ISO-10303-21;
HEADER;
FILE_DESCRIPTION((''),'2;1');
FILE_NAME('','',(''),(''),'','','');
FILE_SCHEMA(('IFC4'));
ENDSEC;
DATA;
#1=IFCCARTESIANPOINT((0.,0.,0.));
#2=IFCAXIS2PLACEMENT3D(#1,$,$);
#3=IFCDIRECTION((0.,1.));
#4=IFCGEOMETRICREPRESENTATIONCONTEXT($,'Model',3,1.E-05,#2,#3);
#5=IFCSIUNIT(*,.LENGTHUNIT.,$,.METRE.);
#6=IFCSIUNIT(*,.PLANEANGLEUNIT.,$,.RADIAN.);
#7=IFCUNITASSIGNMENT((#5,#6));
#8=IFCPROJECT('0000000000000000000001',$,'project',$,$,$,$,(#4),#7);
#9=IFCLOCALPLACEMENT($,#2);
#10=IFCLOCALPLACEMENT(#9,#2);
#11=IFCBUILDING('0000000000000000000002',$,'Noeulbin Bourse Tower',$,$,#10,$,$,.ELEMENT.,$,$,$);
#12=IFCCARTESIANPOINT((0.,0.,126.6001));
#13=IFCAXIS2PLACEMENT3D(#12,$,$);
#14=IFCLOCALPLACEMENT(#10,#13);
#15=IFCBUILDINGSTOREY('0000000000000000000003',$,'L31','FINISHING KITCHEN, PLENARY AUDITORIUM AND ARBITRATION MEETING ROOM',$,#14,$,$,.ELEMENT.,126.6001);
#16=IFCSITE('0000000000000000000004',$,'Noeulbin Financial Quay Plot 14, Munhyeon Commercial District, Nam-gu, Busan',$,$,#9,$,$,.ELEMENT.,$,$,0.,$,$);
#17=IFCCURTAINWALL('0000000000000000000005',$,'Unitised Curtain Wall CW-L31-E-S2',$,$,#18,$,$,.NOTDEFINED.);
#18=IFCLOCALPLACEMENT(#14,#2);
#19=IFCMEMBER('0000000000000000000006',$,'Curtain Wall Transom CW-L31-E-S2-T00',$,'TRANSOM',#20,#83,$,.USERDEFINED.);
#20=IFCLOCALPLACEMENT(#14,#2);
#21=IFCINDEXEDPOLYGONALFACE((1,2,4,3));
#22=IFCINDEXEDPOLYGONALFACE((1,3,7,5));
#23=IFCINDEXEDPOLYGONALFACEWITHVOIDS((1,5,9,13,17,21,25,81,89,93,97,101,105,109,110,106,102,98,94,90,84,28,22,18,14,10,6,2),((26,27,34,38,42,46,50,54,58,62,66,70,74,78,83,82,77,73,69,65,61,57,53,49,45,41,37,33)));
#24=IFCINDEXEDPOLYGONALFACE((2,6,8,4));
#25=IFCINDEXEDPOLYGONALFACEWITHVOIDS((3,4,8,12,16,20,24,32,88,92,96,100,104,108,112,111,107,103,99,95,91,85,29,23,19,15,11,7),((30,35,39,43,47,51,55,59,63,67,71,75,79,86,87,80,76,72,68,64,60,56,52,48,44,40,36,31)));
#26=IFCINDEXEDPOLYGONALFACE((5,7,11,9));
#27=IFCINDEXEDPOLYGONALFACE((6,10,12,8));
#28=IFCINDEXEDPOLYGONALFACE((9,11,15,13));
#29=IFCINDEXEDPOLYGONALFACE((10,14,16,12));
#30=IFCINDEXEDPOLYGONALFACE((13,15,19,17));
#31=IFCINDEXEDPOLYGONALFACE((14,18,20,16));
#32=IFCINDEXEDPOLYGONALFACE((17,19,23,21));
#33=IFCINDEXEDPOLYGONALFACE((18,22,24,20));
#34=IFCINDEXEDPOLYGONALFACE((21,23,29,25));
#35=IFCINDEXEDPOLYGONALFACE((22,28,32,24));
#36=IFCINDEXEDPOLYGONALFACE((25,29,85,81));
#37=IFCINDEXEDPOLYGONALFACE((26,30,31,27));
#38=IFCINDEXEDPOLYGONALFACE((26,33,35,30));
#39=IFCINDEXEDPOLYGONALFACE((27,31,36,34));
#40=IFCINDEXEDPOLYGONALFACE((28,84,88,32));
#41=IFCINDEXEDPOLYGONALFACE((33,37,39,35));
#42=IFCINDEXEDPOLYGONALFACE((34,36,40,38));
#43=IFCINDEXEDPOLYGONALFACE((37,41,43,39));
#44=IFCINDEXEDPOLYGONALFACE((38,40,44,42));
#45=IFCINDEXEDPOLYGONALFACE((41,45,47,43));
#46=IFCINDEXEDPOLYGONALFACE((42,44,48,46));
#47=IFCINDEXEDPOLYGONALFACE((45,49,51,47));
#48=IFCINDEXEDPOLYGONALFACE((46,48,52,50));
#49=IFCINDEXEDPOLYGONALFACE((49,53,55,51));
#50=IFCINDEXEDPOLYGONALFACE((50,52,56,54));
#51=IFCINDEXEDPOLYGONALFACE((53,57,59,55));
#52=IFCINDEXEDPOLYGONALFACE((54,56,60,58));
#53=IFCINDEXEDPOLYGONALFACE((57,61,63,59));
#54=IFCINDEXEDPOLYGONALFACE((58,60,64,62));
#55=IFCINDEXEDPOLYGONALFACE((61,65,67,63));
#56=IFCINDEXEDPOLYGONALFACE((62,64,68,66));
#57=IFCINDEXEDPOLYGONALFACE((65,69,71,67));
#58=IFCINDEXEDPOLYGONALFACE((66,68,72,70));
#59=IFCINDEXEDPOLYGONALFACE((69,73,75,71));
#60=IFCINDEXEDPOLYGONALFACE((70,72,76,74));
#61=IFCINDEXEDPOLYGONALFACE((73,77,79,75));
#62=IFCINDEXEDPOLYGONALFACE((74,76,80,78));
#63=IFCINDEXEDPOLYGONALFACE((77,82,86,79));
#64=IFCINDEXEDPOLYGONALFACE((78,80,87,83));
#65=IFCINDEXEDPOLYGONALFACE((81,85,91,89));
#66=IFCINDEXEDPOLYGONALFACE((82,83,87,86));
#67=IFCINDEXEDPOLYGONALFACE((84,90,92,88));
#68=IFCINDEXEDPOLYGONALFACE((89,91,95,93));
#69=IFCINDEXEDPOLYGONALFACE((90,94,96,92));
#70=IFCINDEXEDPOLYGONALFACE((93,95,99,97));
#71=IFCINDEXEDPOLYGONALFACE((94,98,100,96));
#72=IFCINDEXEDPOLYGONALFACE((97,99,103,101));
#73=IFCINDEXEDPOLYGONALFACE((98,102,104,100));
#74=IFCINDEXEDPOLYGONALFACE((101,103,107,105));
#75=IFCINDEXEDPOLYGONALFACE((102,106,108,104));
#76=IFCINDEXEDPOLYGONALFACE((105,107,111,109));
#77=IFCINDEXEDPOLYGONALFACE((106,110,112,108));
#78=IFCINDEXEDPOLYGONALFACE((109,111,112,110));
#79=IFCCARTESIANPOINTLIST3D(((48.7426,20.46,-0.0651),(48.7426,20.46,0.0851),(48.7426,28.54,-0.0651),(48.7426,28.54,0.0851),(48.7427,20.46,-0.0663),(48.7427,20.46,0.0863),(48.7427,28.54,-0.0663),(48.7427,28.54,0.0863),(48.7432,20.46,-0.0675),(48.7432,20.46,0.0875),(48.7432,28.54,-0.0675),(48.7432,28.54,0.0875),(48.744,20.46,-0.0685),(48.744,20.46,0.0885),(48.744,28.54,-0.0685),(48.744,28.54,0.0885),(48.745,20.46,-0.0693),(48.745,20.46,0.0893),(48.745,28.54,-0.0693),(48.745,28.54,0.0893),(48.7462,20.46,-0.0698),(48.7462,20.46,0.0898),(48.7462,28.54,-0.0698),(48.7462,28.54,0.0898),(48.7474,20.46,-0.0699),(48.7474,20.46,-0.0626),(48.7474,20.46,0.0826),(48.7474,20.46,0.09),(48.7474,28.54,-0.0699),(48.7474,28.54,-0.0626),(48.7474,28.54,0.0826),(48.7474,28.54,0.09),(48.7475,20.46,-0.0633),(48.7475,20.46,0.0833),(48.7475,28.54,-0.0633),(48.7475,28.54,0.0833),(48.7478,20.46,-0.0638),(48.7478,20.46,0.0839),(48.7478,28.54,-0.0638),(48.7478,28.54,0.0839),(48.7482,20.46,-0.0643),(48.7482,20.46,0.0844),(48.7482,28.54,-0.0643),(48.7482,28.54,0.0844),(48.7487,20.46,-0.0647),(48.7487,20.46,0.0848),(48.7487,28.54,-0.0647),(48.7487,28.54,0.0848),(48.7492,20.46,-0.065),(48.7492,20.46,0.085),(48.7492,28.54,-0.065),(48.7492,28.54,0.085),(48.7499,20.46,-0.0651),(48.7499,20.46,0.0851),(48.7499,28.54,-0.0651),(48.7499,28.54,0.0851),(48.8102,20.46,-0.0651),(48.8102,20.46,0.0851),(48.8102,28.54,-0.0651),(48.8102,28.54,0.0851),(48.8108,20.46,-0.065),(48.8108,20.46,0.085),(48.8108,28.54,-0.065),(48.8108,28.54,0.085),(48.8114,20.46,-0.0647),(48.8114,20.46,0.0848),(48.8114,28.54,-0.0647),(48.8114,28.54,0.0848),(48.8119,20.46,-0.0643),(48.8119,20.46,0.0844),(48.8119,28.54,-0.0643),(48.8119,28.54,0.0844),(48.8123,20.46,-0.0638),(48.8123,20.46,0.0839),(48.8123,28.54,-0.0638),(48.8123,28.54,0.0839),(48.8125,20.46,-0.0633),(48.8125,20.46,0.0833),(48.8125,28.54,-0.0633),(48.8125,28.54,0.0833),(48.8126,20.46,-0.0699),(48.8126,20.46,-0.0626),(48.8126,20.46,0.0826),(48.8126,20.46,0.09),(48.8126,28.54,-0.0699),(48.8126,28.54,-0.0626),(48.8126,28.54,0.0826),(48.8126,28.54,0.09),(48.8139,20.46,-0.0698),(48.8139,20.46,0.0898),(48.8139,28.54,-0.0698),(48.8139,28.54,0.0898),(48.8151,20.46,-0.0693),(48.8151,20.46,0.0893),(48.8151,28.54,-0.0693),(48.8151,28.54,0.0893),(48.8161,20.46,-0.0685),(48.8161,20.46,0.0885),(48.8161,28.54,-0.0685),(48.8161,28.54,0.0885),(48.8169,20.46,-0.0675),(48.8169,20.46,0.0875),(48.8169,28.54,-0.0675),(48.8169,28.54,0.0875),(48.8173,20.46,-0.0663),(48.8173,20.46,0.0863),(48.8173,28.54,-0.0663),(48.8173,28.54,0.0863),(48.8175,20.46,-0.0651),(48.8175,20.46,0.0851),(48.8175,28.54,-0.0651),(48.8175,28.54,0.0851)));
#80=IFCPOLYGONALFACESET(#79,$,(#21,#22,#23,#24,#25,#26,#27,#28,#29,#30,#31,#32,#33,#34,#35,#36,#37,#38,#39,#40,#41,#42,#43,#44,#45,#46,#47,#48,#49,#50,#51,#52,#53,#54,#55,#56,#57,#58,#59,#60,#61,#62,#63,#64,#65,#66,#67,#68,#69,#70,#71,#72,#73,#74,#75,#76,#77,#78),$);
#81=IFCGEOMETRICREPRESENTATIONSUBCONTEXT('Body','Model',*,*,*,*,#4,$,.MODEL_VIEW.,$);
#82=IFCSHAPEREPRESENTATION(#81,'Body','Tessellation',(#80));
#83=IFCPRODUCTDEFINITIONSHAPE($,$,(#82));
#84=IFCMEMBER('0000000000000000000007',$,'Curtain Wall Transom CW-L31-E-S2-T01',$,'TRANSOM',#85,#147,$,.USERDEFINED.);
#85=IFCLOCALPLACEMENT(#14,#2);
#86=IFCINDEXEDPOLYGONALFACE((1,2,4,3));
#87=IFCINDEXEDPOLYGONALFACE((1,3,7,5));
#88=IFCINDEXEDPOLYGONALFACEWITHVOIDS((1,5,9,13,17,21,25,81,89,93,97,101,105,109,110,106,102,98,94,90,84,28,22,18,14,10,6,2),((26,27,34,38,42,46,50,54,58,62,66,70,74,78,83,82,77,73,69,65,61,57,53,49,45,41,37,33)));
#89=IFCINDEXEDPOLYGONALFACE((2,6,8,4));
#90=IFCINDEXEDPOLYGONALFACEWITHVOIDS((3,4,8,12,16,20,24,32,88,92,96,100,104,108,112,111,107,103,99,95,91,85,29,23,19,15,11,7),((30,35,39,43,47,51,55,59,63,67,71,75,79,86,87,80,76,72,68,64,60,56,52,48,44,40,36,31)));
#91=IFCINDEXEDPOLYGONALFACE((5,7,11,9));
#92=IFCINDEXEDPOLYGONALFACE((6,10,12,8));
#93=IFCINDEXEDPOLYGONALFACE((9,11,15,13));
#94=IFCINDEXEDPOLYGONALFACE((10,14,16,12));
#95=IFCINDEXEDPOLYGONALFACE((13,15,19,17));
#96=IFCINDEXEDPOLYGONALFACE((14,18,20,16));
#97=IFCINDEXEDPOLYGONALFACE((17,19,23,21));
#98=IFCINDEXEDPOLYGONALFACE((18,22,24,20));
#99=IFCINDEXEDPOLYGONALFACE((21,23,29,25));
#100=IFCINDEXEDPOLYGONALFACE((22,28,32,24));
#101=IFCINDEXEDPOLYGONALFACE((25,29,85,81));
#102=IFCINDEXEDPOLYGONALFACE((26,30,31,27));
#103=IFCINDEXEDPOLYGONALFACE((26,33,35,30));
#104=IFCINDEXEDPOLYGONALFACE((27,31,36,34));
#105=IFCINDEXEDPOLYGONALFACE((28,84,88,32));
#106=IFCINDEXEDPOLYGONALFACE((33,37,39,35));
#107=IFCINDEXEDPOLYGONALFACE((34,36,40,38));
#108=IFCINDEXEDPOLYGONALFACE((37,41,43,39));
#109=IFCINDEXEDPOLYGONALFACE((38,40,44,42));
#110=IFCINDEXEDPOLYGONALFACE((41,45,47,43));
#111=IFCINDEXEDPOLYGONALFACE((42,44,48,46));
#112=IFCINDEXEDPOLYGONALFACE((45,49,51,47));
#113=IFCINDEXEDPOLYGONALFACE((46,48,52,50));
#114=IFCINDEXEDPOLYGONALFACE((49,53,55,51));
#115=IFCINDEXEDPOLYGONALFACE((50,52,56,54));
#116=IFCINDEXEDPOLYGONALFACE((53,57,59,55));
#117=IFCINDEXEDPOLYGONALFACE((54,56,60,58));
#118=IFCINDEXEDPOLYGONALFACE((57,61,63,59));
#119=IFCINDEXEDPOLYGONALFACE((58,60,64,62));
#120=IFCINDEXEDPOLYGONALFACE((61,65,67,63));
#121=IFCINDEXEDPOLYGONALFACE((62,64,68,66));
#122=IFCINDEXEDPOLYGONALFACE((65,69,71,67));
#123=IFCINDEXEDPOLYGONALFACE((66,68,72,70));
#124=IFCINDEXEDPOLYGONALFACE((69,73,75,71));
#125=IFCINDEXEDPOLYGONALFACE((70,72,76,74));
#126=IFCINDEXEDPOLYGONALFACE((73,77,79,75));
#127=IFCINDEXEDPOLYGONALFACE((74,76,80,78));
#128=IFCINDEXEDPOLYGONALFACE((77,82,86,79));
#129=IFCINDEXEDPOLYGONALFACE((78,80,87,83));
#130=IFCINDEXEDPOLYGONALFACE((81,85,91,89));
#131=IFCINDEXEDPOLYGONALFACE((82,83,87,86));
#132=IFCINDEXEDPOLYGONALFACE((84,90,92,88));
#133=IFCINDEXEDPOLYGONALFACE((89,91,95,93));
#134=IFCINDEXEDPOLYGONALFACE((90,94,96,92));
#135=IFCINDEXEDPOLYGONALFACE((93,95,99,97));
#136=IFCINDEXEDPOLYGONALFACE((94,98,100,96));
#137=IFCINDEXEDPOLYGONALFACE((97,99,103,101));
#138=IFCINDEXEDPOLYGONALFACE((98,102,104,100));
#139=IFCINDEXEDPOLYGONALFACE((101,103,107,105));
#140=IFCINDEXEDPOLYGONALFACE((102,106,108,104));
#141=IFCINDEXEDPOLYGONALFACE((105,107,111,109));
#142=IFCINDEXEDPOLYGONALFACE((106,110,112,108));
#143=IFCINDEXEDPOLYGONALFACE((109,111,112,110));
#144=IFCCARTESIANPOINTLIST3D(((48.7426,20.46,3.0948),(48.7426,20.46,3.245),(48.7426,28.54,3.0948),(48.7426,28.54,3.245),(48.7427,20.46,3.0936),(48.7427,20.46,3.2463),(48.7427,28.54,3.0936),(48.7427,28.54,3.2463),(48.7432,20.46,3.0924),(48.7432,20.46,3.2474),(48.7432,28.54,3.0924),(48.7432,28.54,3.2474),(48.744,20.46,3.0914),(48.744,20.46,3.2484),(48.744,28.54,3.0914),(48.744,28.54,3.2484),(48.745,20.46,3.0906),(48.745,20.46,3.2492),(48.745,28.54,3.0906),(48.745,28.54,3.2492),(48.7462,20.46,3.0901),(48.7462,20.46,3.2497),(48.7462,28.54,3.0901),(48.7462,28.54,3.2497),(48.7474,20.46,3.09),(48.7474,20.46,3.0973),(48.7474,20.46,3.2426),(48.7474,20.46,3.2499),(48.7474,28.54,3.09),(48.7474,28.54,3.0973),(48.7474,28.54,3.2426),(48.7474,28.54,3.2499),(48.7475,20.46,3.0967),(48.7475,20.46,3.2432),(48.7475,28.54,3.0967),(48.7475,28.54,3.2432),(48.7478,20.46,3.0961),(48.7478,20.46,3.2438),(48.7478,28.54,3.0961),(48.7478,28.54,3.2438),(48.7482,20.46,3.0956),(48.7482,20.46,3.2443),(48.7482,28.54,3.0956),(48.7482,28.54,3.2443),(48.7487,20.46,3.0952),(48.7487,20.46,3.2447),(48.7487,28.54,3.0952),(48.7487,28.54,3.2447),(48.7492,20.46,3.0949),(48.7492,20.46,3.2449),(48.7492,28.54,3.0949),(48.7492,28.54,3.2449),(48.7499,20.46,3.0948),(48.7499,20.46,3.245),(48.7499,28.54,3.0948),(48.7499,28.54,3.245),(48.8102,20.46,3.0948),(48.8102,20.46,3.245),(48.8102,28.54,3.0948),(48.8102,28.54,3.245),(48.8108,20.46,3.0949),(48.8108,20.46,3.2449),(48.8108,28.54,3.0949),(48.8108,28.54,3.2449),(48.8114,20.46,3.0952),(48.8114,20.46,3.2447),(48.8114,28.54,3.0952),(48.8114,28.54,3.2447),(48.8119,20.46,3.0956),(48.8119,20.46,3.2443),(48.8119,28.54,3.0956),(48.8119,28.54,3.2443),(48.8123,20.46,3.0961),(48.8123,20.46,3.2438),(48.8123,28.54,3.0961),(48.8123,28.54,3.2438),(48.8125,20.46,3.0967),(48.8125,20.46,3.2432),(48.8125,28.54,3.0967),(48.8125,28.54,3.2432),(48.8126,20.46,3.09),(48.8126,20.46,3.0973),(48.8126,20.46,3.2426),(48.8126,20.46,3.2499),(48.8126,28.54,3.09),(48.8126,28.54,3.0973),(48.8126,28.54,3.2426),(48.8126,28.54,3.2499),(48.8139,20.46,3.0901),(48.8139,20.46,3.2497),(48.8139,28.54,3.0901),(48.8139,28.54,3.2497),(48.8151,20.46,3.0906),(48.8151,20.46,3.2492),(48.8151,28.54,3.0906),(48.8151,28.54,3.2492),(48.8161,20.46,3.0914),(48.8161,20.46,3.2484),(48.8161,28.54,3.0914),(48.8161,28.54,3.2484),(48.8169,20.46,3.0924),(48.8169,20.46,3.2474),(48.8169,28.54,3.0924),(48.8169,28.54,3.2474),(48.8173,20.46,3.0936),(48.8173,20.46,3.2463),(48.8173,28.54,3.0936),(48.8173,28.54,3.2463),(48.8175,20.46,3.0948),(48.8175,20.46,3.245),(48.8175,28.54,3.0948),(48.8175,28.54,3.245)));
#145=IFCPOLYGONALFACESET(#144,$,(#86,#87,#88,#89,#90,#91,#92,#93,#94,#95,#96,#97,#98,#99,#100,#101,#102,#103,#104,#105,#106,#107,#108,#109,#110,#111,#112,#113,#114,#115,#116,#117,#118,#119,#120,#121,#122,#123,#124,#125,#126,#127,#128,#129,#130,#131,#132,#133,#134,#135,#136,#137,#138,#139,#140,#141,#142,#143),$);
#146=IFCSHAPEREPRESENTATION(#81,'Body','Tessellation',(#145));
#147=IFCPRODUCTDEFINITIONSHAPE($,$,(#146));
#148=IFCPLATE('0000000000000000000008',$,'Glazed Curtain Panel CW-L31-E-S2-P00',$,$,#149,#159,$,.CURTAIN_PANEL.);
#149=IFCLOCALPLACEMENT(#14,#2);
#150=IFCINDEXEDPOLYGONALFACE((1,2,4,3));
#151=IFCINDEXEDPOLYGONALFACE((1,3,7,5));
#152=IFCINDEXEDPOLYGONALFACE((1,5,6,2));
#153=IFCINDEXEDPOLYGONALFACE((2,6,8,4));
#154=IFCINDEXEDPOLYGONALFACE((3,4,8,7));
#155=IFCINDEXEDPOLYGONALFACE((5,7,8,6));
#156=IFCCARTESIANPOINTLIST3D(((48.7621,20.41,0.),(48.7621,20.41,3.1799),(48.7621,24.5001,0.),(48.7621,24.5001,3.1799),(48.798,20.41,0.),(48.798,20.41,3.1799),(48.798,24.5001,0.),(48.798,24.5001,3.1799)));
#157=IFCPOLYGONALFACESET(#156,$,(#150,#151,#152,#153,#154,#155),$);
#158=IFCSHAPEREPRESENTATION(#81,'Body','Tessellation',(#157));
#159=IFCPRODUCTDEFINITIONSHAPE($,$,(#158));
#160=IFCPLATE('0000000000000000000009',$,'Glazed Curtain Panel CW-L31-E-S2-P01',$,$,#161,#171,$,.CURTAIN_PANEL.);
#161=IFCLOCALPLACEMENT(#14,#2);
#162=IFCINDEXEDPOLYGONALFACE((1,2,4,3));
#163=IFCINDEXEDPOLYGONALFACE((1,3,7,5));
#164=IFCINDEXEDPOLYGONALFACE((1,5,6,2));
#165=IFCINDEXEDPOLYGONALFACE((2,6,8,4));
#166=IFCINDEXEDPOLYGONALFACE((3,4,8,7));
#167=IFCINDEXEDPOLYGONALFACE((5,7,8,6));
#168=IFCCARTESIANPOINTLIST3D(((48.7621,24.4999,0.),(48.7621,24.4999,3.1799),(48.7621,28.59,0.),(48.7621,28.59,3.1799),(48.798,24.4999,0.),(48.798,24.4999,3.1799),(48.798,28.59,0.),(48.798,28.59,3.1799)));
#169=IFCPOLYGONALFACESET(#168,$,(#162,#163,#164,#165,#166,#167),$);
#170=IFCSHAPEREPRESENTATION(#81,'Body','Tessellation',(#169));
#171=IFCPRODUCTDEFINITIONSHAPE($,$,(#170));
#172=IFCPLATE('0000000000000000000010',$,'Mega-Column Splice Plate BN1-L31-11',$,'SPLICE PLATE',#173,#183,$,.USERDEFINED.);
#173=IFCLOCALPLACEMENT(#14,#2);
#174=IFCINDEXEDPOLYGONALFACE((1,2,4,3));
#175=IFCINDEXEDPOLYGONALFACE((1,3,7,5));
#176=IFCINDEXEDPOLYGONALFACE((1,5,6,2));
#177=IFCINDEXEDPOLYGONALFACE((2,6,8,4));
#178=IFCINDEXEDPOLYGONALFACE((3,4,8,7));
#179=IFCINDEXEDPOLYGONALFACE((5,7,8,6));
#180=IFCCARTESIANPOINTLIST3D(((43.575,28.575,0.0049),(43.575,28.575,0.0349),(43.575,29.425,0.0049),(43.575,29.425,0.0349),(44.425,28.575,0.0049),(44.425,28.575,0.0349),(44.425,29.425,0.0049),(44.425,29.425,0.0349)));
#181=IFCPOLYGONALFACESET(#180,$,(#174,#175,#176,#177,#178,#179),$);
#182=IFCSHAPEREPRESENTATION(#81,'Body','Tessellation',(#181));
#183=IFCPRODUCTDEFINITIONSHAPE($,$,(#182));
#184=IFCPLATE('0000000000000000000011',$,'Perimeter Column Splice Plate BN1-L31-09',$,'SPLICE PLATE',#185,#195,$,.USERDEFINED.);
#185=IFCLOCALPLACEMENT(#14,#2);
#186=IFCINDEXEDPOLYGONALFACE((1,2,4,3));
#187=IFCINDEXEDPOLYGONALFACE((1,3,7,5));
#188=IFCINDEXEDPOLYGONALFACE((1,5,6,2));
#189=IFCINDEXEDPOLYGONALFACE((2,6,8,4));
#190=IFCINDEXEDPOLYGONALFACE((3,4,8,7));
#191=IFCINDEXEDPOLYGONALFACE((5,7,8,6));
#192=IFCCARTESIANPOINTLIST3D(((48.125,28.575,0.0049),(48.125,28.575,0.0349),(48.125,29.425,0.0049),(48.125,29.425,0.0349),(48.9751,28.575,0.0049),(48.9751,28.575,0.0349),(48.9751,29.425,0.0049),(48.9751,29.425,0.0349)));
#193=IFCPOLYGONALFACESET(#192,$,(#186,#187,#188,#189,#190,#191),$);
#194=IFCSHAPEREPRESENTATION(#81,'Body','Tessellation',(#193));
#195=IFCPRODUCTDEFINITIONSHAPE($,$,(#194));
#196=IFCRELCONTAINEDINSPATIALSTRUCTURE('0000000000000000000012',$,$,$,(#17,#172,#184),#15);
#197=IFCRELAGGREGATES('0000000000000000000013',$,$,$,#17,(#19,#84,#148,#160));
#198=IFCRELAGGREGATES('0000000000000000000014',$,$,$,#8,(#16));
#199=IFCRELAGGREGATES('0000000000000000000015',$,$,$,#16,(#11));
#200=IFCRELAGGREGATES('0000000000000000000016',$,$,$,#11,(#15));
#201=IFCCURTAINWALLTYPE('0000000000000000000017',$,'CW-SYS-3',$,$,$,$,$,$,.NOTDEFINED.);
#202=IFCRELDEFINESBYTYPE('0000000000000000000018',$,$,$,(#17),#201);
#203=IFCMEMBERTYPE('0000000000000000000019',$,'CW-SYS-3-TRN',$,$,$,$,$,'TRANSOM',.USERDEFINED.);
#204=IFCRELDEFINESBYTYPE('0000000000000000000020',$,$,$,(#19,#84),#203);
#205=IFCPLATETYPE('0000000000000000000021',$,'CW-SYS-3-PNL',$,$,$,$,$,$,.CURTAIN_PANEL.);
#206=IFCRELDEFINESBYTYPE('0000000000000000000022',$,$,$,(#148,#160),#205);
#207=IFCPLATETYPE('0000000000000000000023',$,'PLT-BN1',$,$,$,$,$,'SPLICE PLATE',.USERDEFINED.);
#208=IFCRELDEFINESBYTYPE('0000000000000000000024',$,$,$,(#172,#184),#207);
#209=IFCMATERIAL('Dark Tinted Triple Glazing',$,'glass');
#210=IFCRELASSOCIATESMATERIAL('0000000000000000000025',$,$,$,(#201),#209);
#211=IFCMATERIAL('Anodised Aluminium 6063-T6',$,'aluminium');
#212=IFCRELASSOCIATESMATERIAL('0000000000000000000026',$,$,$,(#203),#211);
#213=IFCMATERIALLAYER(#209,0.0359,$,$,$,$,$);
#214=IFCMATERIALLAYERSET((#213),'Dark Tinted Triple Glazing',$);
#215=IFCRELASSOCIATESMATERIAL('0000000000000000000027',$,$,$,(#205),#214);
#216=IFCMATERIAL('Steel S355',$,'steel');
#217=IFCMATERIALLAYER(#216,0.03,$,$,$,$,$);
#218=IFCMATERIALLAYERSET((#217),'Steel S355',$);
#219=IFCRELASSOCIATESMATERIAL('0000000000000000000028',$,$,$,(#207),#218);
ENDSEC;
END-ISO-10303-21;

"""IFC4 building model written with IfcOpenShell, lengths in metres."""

from ifc_helpers import new_model, si_unit, direction, frame, origin, origin_2d, place, context, subcontext, project, spatial, rectangle, hollow_rectangle, extrude, material, layer, layer_set, material_profile, profile_set, type_object, element, aggregate, save


model = new_model("IFC4")

# Units and contexts
model_context = context("Model", 3, precision=1e-05, world=origin(), true_north=direction((0.0, 1.0)))
body_context = subcontext(model_context, "Body", "Model", "MODEL_VIEW")
ifc_project = project(units=[si_unit("LENGTHUNIT", "METRE"), si_unit("PLANEANGLEUNIT", "RADIAN")], contexts=[model_context])

# Site, building, storey
site_placement = place(None, origin())
site = spatial("IfcSite", under=ifc_project, at=site_placement, Name="Noeulbin Financial Quay Plot 14, Munhyeon Commercial District, Nam-gu, Busan", CompositionType="ELEMENT", RefElevation=0.0)
building_placement = place(site_placement, origin())
building = spatial("IfcBuilding", under=site, at=building_placement, Name="Noeulbin Bourse Tower", CompositionType="ELEMENT")
storey_placement = place(building_placement, frame((0.0, 0.0, 126.6001)))
storey = spatial("IfcBuildingStorey", under=building, at=storey_placement, Name="L31", Description="FINISHING KITCHEN, PLENARY AUDITORIUM AND ARBITRATION MEETING ROOM", CompositionType="ELEMENT", Elevation=126.6001)

# Shared definitions
ifc_material_1 = material(Name="Steel S355", Category="steel")

# Curtain wall
ifc_material_2 = material(Name="Dark Tinted Triple Glazing", Category="glass")
curtain_wall_type = type_object("IfcCurtainWallType", Name="CW-SYS-3", PredefinedType="NOTDEFINED", material=ifc_material_2)
curtain_wall_1_placement = place(storey_placement, origin())
curtain_wall_1 = element("IfcCurtainWall", 1, at=curtain_wall_1_placement, inside=storey, type_object=curtain_wall_type, Name="Unitised Curtain Wall CW-L31-E-S2", PredefinedType="NOTDEFINED")
ifc_material_3 = material(Name="Anodised Aluminium 6063-T6", Category="aluminium")

# Members
ifc_material_profile_1 = material_profile(ifc_material_3, hollow_rectangle(XDim=0.075, YDim=0.1599, WallThickness=0.0049, InnerFilletRadius=0.0024, OuterFilletRadius=0.0049, at=origin_2d()), Name="ALU-TRAN-75x160x5", Category="LoadBearing")
ifc_profile_set_1 = profile_set([ifc_material_profile_1], Name="Anodised Aluminium 6063-T6")
member_type_1 = type_object("IfcMemberType", Name="CW-SYS-3-TRN", ElementType="TRANSOM", PredefinedType="USERDEFINED", material=ifc_profile_set_1)
member_1_placement = place(storey_placement, frame((48.78, 20.46, 0.01), z_axis=(0.0, 1.0, 0.0), x_axis=(-1.0, 0.0, 0.0)))
member_1 = element("IfcMember", 2, at=member_1_placement, type_object=member_type_1, Name="Curtain Wall Transom CW-L31-E-S2-T00", ObjectType="TRANSOM", PredefinedType="USERDEFINED", context=body_context, shape_type="SweptSolid", body=[
    extrude(hollow_rectangle(XDim=0.075, YDim=0.1599, WallThickness=0.0049, InnerFilletRadius=0.0024, OuterFilletRadius=0.0049, at=origin_2d()), origin(), (0.0, 0.0, 1.0), 8.0801),
])
member_2_placement = place(storey_placement, frame((48.78, 20.46, 3.1699), z_axis=(0.0, 1.0, 0.0), x_axis=(-1.0, 0.0, 0.0)))
member_2 = element("IfcMember", 3, at=member_2_placement, type_object=member_type_1, Name="Curtain Wall Transom CW-L31-E-S2-T01", ObjectType="TRANSOM", PredefinedType="USERDEFINED", context=body_context, shape_type="SweptSolid", body=[
    extrude(hollow_rectangle(XDim=0.075, YDim=0.1599, WallThickness=0.0049, InnerFilletRadius=0.0024, OuterFilletRadius=0.0049, at=origin_2d()), origin(), (0.0, 0.0, 1.0), 8.0801),
])

# Plates
ifc_layer_1 = layer(ifc_material_2, 0.0359)
ifc_layer_set_1 = layer_set([ifc_layer_1], Name="Dark Tinted Triple Glazing")
plate_type_1 = type_object("IfcPlateType", Name="CW-SYS-3-PNL", PredefinedType="CURTAIN_PANEL", material=ifc_layer_set_1)
plate_1_placement = place(storey_placement, frame((48.78, 22.4551, 0.0), z_axis=(0.0, 0.0, 1.0), x_axis=(0.0, 1.0, 0.0)))
plate_1 = element("IfcPlate", 4, at=plate_1_placement, type_object=plate_type_1, Name="Glazed Curtain Panel CW-L31-E-S2-P00", PredefinedType="CURTAIN_PANEL", context=body_context, shape_type="SweptSolid", body=[
    extrude(rectangle(XDim=4.0901, YDim=0.0359, at=origin_2d()), origin(), (0.0, 0.0, 1.0), 3.1799),
])
plate_2_placement = place(storey_placement, frame((48.78, 26.5449, 0.0), z_axis=(0.0, 0.0, 1.0), x_axis=(0.0, 1.0, 0.0)))
plate_2 = element("IfcPlate", 5, at=plate_2_placement, type_object=plate_type_1, Name="Glazed Curtain Panel CW-L31-E-S2-P01", PredefinedType="CURTAIN_PANEL", context=body_context, shape_type="SweptSolid", body=[
    extrude(rectangle(XDim=4.0901, YDim=0.0359, at=origin_2d()), origin(), (0.0, 0.0, 1.0), 3.1799),
])
aggregate(curtain_wall_1, [member_1, member_2, plate_1, plate_2])

# Plates
ifc_layer_2 = layer(ifc_material_1, 0.03)
ifc_layer_set_2 = layer_set([ifc_layer_2], Name="Steel S355")
plate_type_2 = type_object("IfcPlateType", Name="PLT-BN1", ElementType="SPLICE PLATE", PredefinedType="USERDEFINED", material=ifc_layer_set_2)
for number, where, z_axis, x_axis, name in (
    (6, (44.0, 29.0, 0.0049), (0.0, 0.0, 1.0), (1.0, 0.0, 0.0), "Mega-Column Splice Plate BN1-L31-11"),
    (7, (48.55, 29.0, 0.0049), (0.0, 0.0, 1.0), (1.0, 0.0, 0.0), "Perimeter Column Splice Plate BN1-L31-09"),
):
    element("IfcPlate", number, at=place(storey_placement, frame(where, z_axis=z_axis, x_axis=x_axis)), inside=storey, type_object=plate_type_2, Name=name, ObjectType="SPLICE PLATE", PredefinedType="USERDEFINED", context=body_context, shape_type="SweptSolid", body=[
        extrude(rectangle(XDim=0.8501, YDim=0.8501, at=origin_2d()), origin(), (0.0, 0.0, 1.0), 0.03),
    ])

save(model, "model.ifc")
